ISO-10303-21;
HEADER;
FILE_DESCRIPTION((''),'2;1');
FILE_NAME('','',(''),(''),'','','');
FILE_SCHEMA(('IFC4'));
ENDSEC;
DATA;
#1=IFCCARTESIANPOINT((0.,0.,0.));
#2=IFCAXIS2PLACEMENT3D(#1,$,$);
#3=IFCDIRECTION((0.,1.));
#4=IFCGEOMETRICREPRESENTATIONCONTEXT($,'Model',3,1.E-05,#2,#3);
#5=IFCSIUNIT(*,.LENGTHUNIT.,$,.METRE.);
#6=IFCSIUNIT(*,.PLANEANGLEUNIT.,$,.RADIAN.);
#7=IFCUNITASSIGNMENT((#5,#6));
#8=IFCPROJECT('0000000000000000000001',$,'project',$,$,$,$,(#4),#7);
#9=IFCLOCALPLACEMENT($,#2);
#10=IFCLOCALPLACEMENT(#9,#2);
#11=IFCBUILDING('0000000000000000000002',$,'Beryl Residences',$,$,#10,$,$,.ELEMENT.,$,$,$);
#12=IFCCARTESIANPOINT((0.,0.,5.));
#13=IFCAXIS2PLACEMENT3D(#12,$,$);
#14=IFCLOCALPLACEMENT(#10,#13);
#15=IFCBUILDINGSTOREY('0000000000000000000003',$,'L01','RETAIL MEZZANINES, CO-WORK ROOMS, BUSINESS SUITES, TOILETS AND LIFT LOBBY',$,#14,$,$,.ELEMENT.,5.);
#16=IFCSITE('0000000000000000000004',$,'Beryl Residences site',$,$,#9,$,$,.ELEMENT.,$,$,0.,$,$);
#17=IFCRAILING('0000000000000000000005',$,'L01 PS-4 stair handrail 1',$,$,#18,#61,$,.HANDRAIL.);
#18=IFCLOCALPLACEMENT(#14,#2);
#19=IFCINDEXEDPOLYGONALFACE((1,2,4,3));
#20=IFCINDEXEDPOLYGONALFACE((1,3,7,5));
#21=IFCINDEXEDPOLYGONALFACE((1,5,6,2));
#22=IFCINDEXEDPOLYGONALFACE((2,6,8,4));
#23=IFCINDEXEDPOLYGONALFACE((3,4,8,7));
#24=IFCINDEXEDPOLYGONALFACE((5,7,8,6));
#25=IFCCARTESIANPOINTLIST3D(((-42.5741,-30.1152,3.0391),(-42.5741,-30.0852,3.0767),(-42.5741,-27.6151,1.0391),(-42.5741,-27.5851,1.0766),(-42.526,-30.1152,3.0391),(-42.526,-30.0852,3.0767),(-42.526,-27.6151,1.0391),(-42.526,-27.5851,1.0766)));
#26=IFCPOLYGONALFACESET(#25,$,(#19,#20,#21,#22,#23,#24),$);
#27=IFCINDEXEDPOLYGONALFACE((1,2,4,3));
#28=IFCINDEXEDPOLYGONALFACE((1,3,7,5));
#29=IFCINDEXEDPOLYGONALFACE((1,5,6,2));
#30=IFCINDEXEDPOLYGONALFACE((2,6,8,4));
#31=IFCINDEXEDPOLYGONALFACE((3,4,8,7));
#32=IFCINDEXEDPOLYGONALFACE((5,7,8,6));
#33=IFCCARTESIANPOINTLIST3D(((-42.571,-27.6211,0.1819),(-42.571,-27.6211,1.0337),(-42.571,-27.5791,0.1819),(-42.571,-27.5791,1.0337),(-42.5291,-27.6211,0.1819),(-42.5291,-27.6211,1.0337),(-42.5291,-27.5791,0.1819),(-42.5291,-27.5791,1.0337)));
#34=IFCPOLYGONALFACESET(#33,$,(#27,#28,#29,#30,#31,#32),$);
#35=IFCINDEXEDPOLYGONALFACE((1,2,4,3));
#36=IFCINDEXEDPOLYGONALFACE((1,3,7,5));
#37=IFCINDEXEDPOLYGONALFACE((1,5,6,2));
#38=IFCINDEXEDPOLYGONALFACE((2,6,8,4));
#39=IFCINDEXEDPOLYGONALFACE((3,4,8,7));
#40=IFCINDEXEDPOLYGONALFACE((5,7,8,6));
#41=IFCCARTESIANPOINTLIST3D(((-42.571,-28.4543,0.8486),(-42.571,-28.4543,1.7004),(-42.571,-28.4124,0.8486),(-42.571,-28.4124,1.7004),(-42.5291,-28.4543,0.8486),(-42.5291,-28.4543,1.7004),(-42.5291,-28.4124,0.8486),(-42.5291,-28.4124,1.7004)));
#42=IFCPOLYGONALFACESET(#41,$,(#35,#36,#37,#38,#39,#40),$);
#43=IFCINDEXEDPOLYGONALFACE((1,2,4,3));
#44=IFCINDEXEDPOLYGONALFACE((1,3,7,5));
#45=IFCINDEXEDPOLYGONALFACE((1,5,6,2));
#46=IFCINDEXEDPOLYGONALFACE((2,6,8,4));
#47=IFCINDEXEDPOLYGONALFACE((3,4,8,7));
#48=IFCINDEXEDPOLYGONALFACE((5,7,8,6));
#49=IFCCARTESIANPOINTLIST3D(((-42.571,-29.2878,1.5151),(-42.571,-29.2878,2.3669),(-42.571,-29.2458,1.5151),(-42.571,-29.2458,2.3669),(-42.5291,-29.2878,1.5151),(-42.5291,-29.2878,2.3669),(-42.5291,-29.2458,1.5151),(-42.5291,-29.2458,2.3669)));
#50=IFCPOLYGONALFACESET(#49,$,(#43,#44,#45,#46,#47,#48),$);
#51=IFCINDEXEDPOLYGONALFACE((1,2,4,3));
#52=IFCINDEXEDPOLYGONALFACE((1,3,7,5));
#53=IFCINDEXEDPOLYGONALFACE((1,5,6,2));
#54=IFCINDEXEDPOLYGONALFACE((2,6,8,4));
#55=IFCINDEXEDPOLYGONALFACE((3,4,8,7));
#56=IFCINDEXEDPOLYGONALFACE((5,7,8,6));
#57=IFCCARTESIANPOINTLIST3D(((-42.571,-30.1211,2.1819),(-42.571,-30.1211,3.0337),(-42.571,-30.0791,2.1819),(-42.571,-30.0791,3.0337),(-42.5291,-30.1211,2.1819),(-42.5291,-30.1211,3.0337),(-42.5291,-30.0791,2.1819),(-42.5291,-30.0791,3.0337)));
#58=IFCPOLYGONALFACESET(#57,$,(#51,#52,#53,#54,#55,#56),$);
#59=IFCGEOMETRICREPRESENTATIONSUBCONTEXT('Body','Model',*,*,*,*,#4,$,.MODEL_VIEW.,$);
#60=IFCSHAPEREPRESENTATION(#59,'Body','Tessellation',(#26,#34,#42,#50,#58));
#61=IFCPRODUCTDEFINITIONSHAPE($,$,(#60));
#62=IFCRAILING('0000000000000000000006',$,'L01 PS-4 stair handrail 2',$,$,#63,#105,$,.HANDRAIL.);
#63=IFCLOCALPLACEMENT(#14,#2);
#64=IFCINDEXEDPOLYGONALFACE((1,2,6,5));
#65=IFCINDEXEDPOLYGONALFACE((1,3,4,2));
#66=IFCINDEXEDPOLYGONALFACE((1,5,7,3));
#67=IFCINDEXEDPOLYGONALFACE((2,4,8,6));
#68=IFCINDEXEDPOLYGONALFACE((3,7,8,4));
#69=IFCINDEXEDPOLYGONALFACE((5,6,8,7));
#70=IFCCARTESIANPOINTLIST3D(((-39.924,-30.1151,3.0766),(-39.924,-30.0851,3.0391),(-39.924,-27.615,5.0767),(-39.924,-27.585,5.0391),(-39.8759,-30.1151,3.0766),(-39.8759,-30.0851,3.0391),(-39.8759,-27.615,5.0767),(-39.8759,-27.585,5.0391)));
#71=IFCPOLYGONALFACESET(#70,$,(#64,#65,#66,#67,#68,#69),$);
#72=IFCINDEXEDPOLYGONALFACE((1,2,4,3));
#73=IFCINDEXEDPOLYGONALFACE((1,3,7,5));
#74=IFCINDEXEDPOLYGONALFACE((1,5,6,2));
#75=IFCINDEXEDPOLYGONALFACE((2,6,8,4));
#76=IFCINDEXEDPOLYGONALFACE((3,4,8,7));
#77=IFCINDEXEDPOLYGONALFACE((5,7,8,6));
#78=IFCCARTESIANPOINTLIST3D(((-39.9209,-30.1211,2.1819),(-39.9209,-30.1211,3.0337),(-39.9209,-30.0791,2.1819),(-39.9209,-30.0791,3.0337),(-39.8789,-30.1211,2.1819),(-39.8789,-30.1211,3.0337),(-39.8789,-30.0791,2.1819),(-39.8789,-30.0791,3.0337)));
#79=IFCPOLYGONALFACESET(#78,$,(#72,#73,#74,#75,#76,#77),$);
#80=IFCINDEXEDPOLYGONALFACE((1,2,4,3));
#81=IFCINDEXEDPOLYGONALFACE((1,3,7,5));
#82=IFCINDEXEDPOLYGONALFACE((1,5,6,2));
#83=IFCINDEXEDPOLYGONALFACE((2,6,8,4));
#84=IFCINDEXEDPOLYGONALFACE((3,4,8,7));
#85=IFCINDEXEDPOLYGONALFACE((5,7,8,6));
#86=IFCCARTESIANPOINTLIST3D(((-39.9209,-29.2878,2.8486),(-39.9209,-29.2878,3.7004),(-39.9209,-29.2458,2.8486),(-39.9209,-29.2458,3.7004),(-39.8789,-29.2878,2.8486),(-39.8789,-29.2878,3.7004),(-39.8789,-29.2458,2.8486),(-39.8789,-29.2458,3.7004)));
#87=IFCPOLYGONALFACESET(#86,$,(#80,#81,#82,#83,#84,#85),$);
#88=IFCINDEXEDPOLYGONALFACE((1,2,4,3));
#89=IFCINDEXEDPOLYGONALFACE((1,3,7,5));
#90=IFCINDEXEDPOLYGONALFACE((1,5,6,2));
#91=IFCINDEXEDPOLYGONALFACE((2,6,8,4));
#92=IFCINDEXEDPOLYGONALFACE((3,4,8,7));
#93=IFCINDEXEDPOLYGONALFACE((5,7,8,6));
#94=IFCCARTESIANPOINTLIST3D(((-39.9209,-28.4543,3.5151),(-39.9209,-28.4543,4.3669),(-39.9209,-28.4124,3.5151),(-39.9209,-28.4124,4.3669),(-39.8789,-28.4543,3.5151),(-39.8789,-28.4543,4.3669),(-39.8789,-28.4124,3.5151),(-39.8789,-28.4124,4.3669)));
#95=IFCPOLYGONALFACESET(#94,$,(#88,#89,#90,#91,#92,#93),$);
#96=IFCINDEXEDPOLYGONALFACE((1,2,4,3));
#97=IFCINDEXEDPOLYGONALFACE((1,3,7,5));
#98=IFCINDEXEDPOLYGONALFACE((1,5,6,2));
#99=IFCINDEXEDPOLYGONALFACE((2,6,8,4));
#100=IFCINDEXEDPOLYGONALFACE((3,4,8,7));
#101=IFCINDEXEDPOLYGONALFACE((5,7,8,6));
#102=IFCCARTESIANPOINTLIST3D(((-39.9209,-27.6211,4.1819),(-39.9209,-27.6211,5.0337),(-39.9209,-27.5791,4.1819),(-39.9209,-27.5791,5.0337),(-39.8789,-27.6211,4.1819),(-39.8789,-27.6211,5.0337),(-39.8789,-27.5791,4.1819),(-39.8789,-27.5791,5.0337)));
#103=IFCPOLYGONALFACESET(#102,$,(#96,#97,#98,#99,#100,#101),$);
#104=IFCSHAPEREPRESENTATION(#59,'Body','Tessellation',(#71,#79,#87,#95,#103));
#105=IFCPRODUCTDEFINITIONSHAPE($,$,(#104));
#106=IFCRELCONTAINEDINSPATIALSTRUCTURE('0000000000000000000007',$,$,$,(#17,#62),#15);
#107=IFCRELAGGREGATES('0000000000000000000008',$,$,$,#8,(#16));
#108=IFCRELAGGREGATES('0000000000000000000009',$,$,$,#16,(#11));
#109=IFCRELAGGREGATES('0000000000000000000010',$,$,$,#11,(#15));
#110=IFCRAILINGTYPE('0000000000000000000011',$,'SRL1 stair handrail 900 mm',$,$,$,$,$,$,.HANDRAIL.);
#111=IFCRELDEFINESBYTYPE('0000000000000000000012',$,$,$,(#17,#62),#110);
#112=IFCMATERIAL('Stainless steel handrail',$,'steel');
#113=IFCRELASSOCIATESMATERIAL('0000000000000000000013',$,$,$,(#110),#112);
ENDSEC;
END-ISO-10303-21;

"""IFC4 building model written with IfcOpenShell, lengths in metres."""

from ifc_helpers import new_model, si_unit, direction, frame, origin, origin_2d, place, context, subcontext, project, spatial, rectangle, extrude, material, type_object, element, save


model = new_model("IFC4")

# Units and contexts
model_context = context("Model", 3, precision=1e-05, world=origin(), true_north=direction((0.0, 1.0)))
body_context = subcontext(model_context, "Body", "Model", "MODEL_VIEW")
ifc_project = project(units=[si_unit("LENGTHUNIT", "METRE"), si_unit("PLANEANGLEUNIT", "RADIAN")], contexts=[model_context])

# Site, building, storey
site_placement = place(None, origin())
site = spatial("IfcSite", under=ifc_project, at=site_placement, Name="Beryl Residences site", CompositionType="ELEMENT", RefElevation=0.0)
building_placement = place(site_placement, origin())
building = spatial("IfcBuilding", under=site, at=building_placement, Name="Beryl Residences", CompositionType="ELEMENT")
storey_placement = place(building_placement, frame((0.0, 0.0, 5.0)))
storey = spatial("IfcBuildingStorey", under=building, at=storey_placement, Name="L01", Description="RETAIL MEZZANINES, CO-WORK ROOMS, BUSINESS SUITES, TOILETS AND LIFT LOBBY", CompositionType="ELEMENT", Elevation=5.0)

# Railings
ifc_material_1 = material(Name="Stainless steel handrail", Category="steel")
railing_type_1 = type_object("IfcRailingType", Name="SRL1 stair handrail 900 mm", PredefinedType="HANDRAIL", material=ifc_material_1)
railing_1_placement = place(storey_placement, frame((-42.55, -27.6001, 0.1819)))
element("IfcRailing", 1, at=railing_1_placement, inside=storey, type_object=railing_type_1, Name="L01 PS-4 stair handrail 1", PredefinedType="HANDRAIL", context=body_context, shape_type="SweptSolid", body=[
    extrude(rectangle(XDim=0.0481, YDim=0.0481, at=origin_2d()), frame((0.0, 0.0, 0.876), z_axis=(0.0, -0.780869, 0.624695), x_axis=(1.0, 0.0, 0.0)), (0.0, 0.0, 1.0), 3.2017),
    extrude(rectangle(XDim=0.042, YDim=0.042, at=origin_2d()), origin(), (0.0, 0.0, 1.0), 0.8518),
    extrude(rectangle(XDim=0.042, YDim=0.042, at=origin_2d()), frame((0.0, -0.8333, 0.6667)), (0.0, 0.0, 1.0), 0.8518),
    extrude(rectangle(XDim=0.042, YDim=0.042, at=origin_2d()), frame((0.0, -1.6667, 1.3333)), (0.0, 0.0, 1.0), 0.8518),
    extrude(rectangle(XDim=0.042, YDim=0.042, at=origin_2d()), frame((0.0, -2.5, 2.0)), (0.0, 0.0, 1.0), 0.8518),
])
railing_2_placement = place(storey_placement, frame((-39.8999, -30.1001, 2.1819)))
element("IfcRailing", 2, at=railing_2_placement, inside=storey, type_object=railing_type_1, Name="L01 PS-4 stair handrail 2", PredefinedType="HANDRAIL", context=body_context, shape_type="SweptSolid", body=[
    extrude(rectangle(XDim=0.0481, YDim=0.0481, at=origin_2d()), frame((0.0, 0.0, 0.876), z_axis=(0.0, 0.780869, 0.624695), x_axis=(-1.0, 0.0, 0.0)), (0.0, 0.0, 1.0), 3.2017),
    extrude(rectangle(XDim=0.042, YDim=0.042, at=origin_2d()), origin(), (0.0, 0.0, 1.0), 0.8518),
    extrude(rectangle(XDim=0.042, YDim=0.042, at=origin_2d()), frame((0.0, 0.8333, 0.6667)), (0.0, 0.0, 1.0), 0.8518),
    extrude(rectangle(XDim=0.042, YDim=0.042, at=origin_2d()), frame((0.0, 1.6667, 1.3333)), (0.0, 0.0, 1.0), 0.8518),
    extrude(rectangle(XDim=0.042, YDim=0.042, at=origin_2d()), frame((0.0, 2.5, 2.0)), (0.0, 0.0, 1.0), 0.8518),
])

save(model, "model.ifc")
